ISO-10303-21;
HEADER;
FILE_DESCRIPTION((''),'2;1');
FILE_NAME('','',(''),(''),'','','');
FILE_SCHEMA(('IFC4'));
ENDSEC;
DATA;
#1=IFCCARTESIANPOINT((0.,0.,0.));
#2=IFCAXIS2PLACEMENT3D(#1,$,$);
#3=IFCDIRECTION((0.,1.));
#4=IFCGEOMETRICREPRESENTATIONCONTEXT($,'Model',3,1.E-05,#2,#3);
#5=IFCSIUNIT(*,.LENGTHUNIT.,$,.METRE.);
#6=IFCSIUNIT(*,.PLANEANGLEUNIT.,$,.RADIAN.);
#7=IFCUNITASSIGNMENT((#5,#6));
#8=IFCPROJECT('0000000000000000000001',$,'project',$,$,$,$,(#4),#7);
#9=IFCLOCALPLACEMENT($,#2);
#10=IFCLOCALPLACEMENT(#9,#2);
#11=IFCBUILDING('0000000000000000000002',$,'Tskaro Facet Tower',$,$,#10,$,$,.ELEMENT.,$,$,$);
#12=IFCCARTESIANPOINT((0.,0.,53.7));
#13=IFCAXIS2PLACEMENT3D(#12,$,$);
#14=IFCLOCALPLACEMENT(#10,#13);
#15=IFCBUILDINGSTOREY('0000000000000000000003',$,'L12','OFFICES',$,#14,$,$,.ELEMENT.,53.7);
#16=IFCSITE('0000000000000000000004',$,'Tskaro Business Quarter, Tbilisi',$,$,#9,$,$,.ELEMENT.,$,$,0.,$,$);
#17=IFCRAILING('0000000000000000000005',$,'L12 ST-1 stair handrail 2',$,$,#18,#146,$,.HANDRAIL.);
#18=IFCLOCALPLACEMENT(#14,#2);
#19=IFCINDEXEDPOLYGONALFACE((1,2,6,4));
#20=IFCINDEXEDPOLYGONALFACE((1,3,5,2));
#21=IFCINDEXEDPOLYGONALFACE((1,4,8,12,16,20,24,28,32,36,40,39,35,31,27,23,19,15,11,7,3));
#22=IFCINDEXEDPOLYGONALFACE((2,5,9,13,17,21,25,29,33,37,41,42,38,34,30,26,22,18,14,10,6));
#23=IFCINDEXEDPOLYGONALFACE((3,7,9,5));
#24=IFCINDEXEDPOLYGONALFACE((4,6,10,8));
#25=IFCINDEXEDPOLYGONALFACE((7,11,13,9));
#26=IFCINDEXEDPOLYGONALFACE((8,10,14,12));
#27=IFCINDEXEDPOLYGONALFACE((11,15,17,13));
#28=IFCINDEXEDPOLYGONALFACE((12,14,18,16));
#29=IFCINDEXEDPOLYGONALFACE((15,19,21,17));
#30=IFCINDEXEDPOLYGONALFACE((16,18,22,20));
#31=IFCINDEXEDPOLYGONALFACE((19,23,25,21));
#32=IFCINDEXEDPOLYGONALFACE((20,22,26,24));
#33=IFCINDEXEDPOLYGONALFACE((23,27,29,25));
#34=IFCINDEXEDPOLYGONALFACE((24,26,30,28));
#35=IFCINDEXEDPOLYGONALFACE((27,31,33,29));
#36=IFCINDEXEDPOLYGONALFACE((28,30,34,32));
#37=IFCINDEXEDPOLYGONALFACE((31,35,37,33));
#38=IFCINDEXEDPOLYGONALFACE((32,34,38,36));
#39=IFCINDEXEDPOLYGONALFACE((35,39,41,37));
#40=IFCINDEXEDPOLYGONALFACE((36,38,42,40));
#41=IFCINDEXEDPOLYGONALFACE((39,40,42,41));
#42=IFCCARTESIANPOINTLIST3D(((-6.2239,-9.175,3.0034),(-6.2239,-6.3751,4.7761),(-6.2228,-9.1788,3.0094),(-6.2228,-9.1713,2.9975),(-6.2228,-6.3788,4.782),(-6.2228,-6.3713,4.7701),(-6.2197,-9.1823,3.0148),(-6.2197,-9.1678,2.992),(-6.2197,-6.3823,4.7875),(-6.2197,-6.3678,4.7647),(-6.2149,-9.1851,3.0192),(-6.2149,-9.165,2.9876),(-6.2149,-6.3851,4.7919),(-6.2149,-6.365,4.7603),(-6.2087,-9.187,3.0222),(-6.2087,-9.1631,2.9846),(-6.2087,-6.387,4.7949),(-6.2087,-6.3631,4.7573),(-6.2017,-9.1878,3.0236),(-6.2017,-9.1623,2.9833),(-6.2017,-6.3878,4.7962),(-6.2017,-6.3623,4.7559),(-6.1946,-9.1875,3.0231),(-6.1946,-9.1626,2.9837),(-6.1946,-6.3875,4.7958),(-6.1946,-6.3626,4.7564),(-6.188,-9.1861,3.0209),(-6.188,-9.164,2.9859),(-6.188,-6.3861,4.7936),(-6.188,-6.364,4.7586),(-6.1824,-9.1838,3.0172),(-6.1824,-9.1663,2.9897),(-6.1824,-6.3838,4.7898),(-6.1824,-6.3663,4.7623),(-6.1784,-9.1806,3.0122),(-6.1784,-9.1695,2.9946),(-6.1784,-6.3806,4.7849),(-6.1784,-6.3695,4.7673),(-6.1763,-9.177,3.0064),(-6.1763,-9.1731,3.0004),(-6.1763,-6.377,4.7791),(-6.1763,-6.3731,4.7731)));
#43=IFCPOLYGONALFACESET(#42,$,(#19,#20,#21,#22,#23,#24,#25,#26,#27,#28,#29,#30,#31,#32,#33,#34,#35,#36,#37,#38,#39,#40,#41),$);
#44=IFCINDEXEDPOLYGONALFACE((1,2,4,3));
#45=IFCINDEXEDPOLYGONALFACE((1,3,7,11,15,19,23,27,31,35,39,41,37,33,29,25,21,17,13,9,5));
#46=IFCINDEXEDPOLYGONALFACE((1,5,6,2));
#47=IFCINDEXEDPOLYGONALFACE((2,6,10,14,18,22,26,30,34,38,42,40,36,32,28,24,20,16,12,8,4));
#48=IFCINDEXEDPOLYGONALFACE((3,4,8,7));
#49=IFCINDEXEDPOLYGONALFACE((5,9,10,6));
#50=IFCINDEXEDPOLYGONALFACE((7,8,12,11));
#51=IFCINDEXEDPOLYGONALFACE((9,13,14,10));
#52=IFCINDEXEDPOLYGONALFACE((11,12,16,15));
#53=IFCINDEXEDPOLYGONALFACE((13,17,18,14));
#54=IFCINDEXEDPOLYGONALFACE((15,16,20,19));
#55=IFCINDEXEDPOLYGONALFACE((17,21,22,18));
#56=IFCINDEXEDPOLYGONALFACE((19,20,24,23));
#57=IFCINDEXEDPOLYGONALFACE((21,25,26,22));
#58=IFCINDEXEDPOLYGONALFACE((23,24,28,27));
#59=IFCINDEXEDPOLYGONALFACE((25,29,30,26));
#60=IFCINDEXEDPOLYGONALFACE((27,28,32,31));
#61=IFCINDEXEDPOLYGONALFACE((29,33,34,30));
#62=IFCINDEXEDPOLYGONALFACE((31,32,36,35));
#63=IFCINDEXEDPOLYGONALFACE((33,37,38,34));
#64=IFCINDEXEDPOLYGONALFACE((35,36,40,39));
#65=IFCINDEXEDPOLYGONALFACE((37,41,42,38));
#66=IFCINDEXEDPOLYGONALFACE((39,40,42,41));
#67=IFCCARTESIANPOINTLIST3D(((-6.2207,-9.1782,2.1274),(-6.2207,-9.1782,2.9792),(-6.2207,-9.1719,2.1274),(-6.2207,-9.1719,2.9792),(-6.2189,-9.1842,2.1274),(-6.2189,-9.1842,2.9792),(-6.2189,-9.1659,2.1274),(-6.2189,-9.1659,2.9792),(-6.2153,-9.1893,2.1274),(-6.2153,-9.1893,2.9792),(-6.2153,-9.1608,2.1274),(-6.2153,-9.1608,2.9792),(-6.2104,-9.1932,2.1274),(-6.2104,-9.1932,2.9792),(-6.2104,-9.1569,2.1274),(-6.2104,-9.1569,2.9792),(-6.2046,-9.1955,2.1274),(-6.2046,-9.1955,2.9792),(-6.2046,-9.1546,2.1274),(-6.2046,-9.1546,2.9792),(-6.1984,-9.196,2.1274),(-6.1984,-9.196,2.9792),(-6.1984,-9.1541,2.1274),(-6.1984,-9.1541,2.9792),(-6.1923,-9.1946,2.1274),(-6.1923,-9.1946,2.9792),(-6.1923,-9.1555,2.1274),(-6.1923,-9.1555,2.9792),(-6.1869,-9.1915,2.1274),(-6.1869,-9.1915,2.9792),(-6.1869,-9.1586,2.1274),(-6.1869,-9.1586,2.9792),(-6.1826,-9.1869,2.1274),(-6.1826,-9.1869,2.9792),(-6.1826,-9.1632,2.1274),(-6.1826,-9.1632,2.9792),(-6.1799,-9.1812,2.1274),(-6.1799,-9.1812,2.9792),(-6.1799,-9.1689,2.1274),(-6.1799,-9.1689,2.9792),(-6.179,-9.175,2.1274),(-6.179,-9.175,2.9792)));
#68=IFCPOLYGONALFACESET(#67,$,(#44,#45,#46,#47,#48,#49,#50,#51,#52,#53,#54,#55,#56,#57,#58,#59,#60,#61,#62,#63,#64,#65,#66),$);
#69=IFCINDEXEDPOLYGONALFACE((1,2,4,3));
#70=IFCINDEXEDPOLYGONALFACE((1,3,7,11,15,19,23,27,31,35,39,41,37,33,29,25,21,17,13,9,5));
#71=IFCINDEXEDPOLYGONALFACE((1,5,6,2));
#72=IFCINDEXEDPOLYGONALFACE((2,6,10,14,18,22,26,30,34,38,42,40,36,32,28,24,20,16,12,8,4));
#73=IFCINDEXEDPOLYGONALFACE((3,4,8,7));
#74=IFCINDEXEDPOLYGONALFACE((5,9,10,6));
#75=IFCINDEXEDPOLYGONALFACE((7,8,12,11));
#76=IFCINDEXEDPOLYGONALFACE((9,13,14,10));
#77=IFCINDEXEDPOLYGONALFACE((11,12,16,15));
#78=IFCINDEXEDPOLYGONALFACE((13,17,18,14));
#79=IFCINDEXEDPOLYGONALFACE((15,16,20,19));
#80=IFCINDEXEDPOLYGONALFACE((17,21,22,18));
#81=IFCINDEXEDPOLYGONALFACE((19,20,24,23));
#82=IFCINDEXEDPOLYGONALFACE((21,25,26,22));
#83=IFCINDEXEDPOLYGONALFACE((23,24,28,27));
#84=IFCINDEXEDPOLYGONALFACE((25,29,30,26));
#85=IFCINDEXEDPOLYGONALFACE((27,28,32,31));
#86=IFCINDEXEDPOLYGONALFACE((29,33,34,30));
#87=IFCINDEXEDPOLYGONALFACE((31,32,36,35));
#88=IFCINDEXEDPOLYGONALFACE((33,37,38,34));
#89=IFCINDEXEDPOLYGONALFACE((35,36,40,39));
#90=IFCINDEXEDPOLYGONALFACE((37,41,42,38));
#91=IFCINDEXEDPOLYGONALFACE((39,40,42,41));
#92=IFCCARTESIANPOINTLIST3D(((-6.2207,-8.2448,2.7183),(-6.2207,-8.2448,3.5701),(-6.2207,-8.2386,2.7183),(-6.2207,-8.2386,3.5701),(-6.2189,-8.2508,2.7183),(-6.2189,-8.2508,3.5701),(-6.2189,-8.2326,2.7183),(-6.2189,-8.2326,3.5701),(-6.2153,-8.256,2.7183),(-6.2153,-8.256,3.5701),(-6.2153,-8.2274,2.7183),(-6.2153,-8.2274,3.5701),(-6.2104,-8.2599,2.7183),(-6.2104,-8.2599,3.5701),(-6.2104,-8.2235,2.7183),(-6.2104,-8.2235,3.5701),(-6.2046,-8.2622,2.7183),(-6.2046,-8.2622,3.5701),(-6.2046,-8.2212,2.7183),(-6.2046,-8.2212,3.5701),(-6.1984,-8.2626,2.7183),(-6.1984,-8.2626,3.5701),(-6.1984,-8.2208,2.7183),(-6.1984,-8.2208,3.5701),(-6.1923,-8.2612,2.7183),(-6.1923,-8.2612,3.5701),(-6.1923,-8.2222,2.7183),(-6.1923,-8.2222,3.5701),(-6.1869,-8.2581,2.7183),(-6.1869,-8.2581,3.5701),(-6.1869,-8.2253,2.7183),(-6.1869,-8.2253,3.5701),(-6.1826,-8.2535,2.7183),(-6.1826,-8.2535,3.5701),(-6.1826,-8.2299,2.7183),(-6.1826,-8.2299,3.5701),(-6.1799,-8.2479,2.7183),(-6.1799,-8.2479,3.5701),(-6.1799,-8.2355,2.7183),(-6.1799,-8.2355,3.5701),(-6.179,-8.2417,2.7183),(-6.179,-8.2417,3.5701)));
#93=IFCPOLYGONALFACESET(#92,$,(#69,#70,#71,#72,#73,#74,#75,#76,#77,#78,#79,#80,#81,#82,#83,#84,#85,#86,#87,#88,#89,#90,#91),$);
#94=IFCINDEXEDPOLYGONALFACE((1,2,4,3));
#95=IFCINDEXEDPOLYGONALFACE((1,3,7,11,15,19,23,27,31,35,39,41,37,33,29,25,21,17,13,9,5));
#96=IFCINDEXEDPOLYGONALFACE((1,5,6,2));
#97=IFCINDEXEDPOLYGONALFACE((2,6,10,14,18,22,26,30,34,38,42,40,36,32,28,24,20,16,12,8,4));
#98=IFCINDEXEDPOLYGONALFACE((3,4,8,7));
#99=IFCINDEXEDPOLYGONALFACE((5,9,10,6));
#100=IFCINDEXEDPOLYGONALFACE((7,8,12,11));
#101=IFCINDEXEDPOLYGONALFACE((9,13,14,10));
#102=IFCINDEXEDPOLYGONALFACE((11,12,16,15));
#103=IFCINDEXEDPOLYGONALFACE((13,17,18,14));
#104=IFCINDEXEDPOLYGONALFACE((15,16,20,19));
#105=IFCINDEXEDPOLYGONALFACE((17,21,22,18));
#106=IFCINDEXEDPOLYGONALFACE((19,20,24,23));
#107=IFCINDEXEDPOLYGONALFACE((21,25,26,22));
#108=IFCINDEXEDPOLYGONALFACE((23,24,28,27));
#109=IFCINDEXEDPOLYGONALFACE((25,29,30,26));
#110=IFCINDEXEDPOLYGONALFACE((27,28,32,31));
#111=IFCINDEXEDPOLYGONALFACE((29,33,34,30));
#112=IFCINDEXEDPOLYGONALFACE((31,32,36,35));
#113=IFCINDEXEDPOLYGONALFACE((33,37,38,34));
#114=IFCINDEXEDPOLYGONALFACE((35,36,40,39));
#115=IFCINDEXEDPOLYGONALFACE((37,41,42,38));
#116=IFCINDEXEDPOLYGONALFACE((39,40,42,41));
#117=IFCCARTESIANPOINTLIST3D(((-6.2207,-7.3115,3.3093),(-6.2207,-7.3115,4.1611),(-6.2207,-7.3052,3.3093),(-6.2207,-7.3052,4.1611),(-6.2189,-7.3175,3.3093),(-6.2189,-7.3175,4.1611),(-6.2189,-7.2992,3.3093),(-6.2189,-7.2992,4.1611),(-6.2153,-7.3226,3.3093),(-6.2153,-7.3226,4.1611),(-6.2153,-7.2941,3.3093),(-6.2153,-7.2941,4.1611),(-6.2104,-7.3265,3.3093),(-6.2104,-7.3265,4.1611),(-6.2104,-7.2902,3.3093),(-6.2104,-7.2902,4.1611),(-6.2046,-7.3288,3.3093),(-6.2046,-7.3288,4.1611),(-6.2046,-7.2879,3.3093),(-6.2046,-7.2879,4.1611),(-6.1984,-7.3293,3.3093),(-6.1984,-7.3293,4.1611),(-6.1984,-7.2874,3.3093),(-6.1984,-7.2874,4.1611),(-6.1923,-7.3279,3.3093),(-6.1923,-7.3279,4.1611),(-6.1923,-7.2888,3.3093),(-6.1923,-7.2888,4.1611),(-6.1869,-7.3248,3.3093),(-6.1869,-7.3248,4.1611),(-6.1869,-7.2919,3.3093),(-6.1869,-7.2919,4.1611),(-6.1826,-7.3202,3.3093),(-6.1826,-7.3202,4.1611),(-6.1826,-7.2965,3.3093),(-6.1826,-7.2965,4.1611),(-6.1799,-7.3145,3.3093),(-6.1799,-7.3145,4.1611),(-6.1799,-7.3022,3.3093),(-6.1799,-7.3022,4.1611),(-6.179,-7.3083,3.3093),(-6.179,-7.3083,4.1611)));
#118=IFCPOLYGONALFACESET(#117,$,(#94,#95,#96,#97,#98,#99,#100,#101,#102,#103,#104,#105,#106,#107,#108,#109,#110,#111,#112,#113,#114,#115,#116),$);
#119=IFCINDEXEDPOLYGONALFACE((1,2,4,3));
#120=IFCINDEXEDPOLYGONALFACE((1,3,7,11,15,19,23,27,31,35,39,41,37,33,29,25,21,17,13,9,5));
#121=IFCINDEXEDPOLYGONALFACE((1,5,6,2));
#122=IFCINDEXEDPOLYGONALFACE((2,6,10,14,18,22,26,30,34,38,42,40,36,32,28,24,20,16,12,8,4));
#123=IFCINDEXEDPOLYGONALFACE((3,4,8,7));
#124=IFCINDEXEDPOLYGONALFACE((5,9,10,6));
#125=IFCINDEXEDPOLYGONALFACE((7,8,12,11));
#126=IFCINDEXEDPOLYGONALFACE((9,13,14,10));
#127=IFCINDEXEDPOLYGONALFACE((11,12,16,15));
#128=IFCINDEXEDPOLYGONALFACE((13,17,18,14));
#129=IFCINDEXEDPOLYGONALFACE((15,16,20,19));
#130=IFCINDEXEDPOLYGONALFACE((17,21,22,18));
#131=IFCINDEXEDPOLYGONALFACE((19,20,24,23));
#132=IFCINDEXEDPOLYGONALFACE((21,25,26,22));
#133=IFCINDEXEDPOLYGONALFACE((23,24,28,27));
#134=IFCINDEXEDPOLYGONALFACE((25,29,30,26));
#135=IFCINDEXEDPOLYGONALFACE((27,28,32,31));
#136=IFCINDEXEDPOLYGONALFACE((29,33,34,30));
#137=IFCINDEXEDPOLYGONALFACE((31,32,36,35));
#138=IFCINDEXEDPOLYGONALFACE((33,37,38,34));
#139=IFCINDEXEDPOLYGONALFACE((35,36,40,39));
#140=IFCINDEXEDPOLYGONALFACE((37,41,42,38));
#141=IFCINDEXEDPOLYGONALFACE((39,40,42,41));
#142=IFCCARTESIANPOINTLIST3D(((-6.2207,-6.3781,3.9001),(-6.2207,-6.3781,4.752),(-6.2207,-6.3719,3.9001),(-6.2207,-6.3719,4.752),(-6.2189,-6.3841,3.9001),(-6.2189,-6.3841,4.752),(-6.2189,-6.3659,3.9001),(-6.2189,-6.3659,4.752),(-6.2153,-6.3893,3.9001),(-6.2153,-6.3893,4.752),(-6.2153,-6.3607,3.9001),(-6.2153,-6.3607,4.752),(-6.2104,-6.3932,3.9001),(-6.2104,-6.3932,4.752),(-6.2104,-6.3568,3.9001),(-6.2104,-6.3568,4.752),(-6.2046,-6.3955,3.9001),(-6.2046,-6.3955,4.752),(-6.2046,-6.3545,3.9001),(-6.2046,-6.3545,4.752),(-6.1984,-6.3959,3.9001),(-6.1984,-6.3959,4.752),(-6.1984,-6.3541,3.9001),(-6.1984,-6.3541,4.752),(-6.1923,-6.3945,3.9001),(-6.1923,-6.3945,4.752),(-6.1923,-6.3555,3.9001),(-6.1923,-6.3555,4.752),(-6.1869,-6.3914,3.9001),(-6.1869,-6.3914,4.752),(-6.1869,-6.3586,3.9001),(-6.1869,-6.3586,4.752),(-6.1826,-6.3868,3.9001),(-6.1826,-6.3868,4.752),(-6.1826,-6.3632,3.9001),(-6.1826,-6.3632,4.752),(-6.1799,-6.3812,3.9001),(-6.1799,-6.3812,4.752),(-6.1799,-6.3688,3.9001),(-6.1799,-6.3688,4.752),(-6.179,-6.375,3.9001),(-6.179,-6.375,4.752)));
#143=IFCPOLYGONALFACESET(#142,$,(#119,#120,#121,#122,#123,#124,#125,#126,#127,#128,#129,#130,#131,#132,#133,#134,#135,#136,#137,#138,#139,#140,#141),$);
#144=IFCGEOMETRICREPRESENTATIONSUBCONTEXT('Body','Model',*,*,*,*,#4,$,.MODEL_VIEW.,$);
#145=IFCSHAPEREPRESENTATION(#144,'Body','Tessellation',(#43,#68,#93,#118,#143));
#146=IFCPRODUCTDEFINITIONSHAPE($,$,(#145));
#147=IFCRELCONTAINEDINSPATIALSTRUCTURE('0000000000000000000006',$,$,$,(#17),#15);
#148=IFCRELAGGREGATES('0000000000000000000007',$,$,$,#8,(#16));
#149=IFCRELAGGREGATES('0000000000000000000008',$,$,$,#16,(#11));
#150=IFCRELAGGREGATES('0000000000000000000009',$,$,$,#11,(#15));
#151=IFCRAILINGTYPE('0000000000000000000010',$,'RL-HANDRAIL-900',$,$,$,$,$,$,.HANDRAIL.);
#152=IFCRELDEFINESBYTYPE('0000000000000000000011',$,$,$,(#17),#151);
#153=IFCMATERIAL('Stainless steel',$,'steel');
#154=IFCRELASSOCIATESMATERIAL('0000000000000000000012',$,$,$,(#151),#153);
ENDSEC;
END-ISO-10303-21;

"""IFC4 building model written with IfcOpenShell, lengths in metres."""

from ifc_helpers import new_model, si_unit, direction, frame, origin, origin_2d, place, context, subcontext, project, spatial, circle, extrude, material, type_object, element, save


model = new_model("IFC4")

# Units and contexts
model_context = context("Model", 3, precision=1e-05, world=origin(), true_north=direction((0.0, 1.0)))
body_context = subcontext(model_context, "Body", "Model", "MODEL_VIEW")
ifc_project = project(units=[si_unit("LENGTHUNIT", "METRE"), si_unit("PLANEANGLEUNIT", "RADIAN")], contexts=[model_context])

# Site, building, storey
site_placement = place(None, origin())
site = spatial("IfcSite", under=ifc_project, at=site_placement, Name="Tskaro Business Quarter, Tbilisi", CompositionType="ELEMENT", RefElevation=0.0)
building_placement = place(site_placement, origin())
building = spatial("IfcBuilding", under=site, at=building_placement, Name="Tskaro Facet Tower", CompositionType="ELEMENT")
storey_placement = place(building_placement, frame((0.0, 0.0, 53.7)))
storey = spatial("IfcBuildingStorey", under=building, at=storey_placement, Name="L12", Description="OFFICES", CompositionType="ELEMENT", Elevation=53.7)

# Shared definitions
ifc_material_1 = material(Name="Stainless steel", Category="steel")

# Railing
railing_type_1 = type_object("IfcRailingType", Name="RL-HANDRAIL-900", PredefinedType="HANDRAIL", material=ifc_material_1)
railing_1_placement = place(storey_placement, frame((-6.2, -9.175, 2.1274)))
element("IfcRailing", 1, at=railing_1_placement, inside=storey, type_object=railing_type_1, Name="L12 ST-1 stair handrail 2", PredefinedType="HANDRAIL", context=body_context, shape_type="SweptSolid", body=[
    extrude(circle(Radius=0.0239, at=origin_2d()), frame((0.0, 0.0, 0.876), z_axis=(0.0, 0.844909, 0.53491), x_axis=(-1.0, 0.0, 0.0)), (0.0, 0.0, 1.0), 3.314),
    extrude(circle(Radius=0.021, at=origin_2d()), origin(), (0.0, 0.0, 1.0), 0.8518),
    extrude(circle(Radius=0.021, at=origin_2d()), frame((0.0, 0.9333, 0.5908)), (0.0, 0.0, 1.0), 0.8518),
    extrude(circle(Radius=0.021, at=origin_2d()), frame((0.0, 1.8667, 1.1819)), (0.0, 0.0, 1.0), 0.8518),
    extrude(circle(Radius=0.021, at=origin_2d()), frame((0.0, 2.8, 1.7727)), (0.0, 0.0, 1.0), 0.8518),
])

save(model, "model.ifc")
